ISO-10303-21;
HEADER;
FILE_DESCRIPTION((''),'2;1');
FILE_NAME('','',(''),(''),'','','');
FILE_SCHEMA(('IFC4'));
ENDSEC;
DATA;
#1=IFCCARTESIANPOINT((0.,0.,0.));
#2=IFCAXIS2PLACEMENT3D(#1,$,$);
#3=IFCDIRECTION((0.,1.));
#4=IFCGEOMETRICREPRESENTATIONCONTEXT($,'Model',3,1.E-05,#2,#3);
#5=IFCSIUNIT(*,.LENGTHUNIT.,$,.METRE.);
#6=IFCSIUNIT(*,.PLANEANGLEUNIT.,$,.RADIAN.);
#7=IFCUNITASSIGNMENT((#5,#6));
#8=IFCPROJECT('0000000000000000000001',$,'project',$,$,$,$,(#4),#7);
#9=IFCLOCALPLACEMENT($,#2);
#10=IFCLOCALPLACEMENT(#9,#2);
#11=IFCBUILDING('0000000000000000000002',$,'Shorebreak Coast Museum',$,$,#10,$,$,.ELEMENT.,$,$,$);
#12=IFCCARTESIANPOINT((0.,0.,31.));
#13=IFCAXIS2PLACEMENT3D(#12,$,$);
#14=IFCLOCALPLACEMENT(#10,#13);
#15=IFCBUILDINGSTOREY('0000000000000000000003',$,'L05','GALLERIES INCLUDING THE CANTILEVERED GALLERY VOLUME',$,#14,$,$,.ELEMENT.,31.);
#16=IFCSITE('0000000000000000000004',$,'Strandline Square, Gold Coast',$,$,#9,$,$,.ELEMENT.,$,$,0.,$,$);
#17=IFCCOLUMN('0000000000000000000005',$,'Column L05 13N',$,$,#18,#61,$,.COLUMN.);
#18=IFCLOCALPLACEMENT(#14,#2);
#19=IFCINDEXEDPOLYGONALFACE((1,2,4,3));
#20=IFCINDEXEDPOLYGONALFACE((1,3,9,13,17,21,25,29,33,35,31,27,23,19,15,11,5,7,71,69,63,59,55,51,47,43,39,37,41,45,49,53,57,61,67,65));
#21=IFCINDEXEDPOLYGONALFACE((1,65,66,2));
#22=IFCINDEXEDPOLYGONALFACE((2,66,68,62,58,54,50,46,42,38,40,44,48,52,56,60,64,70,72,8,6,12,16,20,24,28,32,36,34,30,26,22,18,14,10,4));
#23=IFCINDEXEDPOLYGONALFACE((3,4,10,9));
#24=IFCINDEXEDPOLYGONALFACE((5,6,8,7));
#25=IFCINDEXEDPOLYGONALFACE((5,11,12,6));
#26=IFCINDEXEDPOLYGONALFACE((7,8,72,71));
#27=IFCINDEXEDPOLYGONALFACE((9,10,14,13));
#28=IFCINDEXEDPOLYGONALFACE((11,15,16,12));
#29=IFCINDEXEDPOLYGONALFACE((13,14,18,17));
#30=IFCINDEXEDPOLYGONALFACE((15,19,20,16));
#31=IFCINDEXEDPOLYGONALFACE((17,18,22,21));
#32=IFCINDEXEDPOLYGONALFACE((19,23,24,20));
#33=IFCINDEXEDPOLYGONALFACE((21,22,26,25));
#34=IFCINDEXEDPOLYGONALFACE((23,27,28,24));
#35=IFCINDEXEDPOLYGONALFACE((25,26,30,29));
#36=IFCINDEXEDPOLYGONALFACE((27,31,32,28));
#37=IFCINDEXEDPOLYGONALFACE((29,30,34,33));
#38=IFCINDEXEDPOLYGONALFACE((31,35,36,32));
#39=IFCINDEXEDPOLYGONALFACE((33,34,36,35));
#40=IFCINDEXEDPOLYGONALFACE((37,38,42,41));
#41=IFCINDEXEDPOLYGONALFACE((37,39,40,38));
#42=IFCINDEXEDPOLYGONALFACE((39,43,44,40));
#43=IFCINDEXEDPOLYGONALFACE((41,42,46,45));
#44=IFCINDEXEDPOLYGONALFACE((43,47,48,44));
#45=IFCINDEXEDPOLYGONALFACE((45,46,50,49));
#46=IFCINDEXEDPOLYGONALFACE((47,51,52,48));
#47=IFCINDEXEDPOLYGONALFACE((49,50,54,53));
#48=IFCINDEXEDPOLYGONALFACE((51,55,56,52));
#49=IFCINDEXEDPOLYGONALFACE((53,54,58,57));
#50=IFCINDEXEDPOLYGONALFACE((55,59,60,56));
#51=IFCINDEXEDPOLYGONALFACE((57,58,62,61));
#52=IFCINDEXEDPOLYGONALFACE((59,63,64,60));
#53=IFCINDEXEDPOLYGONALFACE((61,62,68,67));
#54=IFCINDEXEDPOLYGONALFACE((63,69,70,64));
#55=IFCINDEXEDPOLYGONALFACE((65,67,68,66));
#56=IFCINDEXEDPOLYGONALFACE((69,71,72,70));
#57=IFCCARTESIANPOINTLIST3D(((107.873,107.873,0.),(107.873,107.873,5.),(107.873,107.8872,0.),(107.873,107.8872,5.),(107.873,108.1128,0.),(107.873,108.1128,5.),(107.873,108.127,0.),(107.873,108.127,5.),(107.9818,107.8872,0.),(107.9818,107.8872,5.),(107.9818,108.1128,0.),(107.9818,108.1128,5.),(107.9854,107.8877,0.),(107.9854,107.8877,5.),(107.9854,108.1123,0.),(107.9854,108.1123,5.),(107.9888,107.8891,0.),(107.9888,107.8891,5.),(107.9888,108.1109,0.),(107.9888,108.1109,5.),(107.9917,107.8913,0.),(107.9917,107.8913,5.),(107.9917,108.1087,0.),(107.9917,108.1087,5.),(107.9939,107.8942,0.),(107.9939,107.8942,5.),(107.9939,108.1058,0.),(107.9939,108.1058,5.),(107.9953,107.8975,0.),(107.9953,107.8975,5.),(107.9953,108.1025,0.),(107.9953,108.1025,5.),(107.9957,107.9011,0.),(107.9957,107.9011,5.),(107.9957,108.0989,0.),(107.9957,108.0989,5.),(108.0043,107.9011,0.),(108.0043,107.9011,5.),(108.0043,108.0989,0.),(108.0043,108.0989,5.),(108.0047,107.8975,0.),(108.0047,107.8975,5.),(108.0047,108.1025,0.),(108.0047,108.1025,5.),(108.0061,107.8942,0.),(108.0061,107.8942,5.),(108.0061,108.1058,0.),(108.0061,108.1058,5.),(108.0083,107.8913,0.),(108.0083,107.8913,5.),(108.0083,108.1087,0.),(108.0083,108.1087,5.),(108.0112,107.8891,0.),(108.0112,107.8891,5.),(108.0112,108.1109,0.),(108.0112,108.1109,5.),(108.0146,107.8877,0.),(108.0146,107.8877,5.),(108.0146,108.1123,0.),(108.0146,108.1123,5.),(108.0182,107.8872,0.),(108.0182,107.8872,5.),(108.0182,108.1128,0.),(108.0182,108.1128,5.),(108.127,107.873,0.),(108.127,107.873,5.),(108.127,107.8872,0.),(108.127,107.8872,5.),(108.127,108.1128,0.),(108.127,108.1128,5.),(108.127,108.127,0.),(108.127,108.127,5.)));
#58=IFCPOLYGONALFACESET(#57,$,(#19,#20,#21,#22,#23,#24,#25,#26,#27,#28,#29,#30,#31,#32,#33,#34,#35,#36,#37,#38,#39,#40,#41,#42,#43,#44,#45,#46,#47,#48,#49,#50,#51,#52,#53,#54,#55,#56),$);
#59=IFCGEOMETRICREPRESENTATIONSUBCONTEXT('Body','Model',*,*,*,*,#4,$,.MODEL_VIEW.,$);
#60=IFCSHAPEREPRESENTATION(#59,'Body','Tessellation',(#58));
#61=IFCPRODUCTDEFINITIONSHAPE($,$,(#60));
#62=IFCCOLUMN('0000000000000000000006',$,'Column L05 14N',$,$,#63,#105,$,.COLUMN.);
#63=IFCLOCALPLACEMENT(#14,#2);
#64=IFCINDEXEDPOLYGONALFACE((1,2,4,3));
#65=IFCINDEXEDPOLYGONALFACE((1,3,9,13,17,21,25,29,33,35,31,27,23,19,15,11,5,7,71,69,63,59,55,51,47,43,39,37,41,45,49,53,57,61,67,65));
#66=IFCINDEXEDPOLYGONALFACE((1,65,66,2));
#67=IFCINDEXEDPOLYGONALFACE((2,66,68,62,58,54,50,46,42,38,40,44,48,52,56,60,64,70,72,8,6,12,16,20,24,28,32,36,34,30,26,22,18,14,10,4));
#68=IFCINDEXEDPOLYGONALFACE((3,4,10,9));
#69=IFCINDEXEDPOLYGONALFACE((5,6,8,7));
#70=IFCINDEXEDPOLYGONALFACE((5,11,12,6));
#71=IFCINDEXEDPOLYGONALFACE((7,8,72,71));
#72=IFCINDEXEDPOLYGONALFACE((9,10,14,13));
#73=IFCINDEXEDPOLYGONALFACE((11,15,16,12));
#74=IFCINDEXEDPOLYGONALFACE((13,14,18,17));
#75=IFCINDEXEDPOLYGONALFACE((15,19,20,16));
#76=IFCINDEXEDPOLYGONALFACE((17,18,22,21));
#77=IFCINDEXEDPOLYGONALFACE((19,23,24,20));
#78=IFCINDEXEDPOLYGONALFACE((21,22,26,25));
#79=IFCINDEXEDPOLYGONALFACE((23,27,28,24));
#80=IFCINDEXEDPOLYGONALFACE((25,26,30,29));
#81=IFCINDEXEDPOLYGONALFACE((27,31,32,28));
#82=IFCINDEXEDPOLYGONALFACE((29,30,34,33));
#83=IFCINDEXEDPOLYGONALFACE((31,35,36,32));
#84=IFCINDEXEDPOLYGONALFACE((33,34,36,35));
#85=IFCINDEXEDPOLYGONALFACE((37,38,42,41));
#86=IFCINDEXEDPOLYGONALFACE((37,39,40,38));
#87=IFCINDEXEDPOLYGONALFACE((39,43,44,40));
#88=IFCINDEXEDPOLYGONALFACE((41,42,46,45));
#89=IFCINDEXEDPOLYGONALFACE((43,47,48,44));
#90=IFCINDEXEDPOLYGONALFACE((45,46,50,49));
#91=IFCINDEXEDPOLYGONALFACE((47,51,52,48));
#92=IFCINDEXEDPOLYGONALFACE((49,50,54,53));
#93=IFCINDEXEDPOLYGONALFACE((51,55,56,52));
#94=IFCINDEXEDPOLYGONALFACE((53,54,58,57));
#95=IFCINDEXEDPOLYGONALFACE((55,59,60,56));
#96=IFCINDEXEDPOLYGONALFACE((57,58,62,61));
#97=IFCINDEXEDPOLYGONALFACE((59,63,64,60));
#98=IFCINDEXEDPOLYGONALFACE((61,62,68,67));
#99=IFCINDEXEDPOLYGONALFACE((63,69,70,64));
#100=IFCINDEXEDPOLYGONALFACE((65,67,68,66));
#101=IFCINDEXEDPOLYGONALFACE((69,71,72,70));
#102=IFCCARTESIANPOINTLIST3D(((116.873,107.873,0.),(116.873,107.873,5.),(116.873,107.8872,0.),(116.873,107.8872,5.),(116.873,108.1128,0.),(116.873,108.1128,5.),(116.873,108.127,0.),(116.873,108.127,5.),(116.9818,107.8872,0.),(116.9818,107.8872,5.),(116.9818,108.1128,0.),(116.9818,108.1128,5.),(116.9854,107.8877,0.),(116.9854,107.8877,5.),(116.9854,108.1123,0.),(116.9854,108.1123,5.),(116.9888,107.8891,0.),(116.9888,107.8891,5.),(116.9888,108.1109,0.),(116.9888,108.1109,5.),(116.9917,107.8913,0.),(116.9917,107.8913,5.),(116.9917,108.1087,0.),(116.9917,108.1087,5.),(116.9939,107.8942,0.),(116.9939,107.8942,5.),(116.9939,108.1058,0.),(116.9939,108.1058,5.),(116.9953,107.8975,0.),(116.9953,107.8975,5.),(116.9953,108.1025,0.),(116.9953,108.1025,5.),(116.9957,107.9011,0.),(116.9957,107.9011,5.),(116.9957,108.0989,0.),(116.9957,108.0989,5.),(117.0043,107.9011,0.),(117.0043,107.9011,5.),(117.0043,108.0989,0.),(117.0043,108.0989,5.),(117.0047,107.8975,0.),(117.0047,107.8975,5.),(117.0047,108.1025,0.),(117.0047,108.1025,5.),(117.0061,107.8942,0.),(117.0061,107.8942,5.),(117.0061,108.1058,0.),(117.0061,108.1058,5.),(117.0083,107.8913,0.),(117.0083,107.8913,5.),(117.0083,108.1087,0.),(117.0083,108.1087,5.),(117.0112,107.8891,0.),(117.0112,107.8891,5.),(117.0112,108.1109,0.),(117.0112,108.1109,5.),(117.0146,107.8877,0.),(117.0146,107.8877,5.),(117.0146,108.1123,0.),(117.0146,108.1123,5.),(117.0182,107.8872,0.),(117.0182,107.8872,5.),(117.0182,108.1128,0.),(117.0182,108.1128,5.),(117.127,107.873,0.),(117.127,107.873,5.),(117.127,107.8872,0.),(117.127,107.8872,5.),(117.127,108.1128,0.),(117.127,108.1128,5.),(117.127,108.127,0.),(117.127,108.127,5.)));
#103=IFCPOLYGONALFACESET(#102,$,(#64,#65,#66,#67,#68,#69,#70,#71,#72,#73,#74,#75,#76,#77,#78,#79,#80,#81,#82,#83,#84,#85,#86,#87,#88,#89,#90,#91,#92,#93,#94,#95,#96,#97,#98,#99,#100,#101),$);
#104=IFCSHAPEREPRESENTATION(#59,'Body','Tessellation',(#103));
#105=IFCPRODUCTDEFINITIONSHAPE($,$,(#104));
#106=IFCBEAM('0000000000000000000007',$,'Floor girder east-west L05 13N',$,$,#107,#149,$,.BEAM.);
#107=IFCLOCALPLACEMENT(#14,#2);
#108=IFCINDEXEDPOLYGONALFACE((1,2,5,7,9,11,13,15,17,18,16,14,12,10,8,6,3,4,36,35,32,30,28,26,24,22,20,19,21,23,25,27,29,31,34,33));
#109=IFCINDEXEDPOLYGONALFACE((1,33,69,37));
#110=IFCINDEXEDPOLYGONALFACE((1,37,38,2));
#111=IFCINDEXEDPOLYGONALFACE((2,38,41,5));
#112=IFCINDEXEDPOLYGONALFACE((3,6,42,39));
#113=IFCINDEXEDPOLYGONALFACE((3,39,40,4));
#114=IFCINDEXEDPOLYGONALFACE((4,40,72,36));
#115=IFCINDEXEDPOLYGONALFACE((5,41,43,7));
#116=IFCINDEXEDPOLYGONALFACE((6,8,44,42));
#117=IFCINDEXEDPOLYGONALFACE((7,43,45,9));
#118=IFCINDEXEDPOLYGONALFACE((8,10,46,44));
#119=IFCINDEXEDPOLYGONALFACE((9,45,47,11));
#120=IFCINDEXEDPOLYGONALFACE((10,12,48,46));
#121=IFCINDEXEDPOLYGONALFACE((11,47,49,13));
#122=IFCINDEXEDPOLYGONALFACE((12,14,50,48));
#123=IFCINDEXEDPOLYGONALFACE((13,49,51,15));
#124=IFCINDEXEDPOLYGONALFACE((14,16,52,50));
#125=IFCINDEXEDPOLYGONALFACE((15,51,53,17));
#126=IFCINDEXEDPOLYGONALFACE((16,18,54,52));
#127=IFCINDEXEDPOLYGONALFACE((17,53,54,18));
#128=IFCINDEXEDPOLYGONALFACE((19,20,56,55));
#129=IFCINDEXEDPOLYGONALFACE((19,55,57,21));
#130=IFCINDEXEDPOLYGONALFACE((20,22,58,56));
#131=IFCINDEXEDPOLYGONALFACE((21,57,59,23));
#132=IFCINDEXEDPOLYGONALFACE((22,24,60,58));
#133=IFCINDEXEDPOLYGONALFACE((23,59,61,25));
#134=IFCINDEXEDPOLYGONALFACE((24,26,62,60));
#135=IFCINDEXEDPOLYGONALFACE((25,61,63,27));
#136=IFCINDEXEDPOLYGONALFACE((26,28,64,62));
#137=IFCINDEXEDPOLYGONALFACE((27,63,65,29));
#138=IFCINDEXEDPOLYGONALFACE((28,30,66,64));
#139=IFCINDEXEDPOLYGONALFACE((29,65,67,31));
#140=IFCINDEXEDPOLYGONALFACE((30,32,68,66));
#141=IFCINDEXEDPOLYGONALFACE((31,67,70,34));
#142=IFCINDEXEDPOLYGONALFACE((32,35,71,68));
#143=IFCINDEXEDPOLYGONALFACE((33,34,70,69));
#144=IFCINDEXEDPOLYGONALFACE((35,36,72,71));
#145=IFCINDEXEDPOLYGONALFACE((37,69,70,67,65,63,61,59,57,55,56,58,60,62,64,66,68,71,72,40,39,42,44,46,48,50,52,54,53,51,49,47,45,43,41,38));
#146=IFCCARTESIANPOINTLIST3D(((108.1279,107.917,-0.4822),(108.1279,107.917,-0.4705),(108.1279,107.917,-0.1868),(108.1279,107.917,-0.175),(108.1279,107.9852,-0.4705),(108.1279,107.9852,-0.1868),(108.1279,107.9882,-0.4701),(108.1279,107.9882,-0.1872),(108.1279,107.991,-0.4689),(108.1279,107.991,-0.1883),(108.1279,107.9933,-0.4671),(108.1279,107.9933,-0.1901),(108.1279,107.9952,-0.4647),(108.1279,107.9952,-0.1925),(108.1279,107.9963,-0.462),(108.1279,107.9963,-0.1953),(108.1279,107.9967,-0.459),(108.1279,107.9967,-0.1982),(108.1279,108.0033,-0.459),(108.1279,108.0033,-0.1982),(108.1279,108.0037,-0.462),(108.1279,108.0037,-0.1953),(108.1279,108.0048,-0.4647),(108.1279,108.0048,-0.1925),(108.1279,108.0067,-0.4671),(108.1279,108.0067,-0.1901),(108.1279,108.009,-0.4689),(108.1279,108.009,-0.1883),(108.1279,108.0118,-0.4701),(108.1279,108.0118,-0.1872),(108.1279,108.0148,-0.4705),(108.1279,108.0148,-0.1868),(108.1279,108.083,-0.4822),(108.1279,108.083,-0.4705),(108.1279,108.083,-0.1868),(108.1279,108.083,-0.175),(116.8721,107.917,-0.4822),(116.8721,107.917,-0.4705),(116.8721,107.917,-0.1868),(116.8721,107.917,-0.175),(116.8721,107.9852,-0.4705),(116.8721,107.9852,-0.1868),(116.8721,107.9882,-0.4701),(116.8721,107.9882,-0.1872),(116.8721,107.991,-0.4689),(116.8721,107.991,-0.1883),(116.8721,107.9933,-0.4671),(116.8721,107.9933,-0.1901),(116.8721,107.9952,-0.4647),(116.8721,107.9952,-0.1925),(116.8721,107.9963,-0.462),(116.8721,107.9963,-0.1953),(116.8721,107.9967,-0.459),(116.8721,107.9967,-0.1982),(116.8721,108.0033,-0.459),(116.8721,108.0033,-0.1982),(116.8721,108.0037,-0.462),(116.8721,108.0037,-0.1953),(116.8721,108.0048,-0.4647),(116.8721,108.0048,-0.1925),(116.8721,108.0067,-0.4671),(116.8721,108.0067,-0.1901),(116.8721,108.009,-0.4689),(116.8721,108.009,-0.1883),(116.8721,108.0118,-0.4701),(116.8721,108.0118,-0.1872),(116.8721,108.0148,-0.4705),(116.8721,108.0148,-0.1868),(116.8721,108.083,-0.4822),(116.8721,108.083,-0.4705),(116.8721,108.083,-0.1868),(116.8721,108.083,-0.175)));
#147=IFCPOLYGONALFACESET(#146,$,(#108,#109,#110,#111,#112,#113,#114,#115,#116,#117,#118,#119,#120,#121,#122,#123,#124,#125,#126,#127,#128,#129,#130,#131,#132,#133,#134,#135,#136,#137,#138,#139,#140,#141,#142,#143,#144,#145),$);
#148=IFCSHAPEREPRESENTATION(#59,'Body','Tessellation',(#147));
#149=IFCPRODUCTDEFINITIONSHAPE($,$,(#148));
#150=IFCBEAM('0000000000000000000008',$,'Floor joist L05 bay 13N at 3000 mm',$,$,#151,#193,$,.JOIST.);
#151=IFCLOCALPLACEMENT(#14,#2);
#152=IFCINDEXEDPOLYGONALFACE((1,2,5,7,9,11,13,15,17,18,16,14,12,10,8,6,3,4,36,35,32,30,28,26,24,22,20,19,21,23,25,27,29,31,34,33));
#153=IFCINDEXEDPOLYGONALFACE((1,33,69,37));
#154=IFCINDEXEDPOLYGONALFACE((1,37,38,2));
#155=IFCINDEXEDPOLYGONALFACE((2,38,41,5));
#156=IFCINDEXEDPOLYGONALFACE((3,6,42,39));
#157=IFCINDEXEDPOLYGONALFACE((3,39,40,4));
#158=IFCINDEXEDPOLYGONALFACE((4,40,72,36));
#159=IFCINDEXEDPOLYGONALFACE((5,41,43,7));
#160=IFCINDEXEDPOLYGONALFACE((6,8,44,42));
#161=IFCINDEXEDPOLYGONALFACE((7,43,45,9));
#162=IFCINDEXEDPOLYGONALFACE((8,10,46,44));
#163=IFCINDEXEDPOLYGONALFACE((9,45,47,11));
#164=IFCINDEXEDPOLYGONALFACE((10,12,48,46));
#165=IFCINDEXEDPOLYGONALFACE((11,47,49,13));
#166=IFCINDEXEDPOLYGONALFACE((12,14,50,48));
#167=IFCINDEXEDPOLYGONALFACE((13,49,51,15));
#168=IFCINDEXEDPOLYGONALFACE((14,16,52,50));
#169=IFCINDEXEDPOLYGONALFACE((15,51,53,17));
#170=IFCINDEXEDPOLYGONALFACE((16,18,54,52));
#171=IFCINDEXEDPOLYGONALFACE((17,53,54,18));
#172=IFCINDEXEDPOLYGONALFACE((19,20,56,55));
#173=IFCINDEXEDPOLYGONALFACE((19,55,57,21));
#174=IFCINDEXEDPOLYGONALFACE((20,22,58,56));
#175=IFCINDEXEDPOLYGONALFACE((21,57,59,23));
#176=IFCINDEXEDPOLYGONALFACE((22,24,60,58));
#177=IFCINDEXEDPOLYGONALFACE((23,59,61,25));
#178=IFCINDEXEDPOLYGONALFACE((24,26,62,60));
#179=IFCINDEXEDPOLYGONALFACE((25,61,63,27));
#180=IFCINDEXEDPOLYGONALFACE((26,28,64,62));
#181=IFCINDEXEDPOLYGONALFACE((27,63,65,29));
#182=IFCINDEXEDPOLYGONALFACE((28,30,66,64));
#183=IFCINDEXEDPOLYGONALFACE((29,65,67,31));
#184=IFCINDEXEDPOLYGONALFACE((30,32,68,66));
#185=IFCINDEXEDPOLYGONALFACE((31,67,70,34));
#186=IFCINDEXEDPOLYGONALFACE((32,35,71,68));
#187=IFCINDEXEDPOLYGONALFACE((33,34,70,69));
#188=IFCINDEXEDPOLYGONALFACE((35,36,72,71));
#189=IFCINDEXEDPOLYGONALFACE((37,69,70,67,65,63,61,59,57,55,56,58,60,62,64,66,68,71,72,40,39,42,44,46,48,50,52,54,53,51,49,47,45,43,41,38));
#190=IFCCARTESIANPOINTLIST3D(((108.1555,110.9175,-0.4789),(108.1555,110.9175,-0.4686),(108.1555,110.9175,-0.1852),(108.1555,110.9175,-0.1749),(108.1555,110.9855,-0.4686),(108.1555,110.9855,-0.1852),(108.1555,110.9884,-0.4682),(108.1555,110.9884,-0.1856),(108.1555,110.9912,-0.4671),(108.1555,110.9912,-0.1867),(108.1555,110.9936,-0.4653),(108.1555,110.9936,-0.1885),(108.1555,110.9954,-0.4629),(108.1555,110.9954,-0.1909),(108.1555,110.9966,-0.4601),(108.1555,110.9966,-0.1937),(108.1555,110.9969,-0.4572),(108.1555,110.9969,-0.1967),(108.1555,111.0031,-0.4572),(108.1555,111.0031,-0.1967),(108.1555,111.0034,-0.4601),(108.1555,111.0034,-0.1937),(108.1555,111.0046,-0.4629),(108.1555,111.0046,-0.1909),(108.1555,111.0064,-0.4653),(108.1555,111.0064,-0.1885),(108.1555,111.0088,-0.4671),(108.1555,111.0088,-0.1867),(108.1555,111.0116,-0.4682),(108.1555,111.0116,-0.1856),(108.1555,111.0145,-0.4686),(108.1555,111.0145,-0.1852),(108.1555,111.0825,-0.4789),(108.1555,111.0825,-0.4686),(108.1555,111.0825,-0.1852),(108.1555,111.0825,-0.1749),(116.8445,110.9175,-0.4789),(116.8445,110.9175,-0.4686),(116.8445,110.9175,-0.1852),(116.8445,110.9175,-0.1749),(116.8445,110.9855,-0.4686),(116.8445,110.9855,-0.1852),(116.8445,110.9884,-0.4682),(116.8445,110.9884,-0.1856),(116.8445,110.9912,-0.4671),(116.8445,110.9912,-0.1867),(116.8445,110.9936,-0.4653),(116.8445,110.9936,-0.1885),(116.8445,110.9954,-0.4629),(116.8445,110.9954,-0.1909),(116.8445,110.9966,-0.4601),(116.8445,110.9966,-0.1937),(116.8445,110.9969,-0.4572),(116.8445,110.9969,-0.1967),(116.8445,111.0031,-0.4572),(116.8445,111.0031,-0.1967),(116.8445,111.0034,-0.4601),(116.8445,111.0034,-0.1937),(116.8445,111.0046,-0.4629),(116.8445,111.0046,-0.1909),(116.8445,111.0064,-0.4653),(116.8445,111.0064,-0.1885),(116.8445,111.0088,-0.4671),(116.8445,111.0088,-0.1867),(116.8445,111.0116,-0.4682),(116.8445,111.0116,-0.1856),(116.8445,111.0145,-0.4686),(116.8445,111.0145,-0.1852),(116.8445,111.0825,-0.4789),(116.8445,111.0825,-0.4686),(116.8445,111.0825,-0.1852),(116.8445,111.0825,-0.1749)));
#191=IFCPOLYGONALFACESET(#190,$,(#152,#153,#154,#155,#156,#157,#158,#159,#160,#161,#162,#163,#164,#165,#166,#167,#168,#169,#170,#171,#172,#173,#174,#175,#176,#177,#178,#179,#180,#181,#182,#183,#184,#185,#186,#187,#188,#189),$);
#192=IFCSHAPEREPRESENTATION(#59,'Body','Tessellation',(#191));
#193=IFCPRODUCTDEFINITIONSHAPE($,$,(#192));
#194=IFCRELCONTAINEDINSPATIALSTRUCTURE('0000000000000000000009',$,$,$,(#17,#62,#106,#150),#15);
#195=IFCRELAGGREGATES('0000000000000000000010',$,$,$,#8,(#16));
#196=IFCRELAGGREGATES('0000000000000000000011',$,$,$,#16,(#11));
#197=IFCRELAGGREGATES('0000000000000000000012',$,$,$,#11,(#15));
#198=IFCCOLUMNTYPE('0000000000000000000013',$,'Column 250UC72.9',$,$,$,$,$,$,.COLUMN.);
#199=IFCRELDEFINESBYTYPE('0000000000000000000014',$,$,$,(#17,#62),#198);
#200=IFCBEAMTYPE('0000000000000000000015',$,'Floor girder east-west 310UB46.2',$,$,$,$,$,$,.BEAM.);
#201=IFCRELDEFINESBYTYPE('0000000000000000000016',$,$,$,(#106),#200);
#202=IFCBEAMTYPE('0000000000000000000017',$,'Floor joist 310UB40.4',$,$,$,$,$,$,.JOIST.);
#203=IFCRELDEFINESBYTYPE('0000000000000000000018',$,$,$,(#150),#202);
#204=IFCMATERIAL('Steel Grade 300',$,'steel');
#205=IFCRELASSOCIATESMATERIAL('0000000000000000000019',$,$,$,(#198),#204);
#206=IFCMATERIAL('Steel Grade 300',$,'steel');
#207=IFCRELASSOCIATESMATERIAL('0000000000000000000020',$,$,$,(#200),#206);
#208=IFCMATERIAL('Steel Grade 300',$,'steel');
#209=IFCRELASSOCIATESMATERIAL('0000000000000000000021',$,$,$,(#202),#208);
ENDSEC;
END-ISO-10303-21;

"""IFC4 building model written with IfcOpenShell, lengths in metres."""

from ifc_helpers import new_model, si_unit, direction, frame, origin, origin_2d, place, context, subcontext, project, spatial, i_section, extrude, material, material_profile, profile_set, type_object, element, save


model = new_model("IFC4")

# Units and contexts
model_context = context("Model", 3, precision=1e-05, world=origin(), true_north=direction((0.0, 1.0)))
body_context = subcontext(model_context, "Body", "Model", "MODEL_VIEW")
ifc_project = project(units=[si_unit("LENGTHUNIT", "METRE"), si_unit("PLANEANGLEUNIT", "RADIAN")], contexts=[model_context])

# Site, building, storey
site_placement = place(None, origin())
site = spatial("IfcSite", under=ifc_project, at=site_placement, Name="Strandline Square, Gold Coast", CompositionType="ELEMENT", RefElevation=0.0)
building_placement = place(site_placement, origin())
building = spatial("IfcBuilding", under=site, at=building_placement, Name="Shorebreak Coast Museum", CompositionType="ELEMENT")
storey_placement = place(building_placement, frame((0.0, 0.0, 31.0)))
storey = spatial("IfcBuildingStorey", under=building, at=storey_placement, Name="L05", Description="GALLERIES INCLUDING THE CANTILEVERED GALLERY VOLUME", CompositionType="ELEMENT", Elevation=31.0)

# Columns
ifc_material_1 = material(Name="Steel Grade 300", Category="steel")
ifc_material_profile_1 = material_profile(ifc_material_1, i_section(OverallWidth=0.2539, OverallDepth=0.2539, WebThickness=0.0085, FlangeThickness=0.0142, FilletRadius=0.0139, at=origin_2d()), Name="250UC72.9")
ifc_profile_set_1 = profile_set([ifc_material_profile_1], Name="Steel Grade 300")
column_type = type_object("IfcColumnType", Name="Column 250UC72.9", PredefinedType="COLUMN", material=ifc_profile_set_1)
for number, where, z_axis, x_axis, name in (
    (1, (108.0, 108.0, 0.0), (0.0, 0.0, 1.0), (1.0, 0.0, 0.0), "Column L05 13N"),
    (2, (117.0, 108.0, 0.0), (0.0, 0.0, 1.0), (1.0, 0.0, 0.0), "Column L05 14N"),
):
    element("IfcColumn", number, at=place(storey_placement, frame(where, z_axis=z_axis, x_axis=x_axis)), inside=storey, type_object=column_type, Name=name, PredefinedType="COLUMN", context=body_context, shape_type="SweptSolid", body=[
        extrude(i_section(OverallWidth=0.2539, OverallDepth=0.2539, WebThickness=0.0085, FlangeThickness=0.0142, FilletRadius=0.0139, at=origin_2d()), origin(), (0.0, 0.0, 1.0), 5.0),
    ])

# Beams
ifc_material_2 = material(Name="Steel Grade 300", Category="steel")
ifc_material_profile_2 = material_profile(ifc_material_2, i_section(OverallWidth=0.166, OverallDepth=0.3071, WebThickness=0.0066, FlangeThickness=0.0117, FilletRadius=0.0115, at=origin_2d()), Name="310UB46.2")
ifc_profile_set_2 = profile_set([ifc_material_profile_2], Name="Steel Grade 300")
beam_type_1 = type_object("IfcBeamType", Name="Floor girder east-west 310UB46.2", PredefinedType="BEAM", material=ifc_profile_set_2)
beam_placement = place(storey_placement, frame((108.1279, 108.0, -0.3286), z_axis=(1.0, 0.0, 0.0), x_axis=(0.0, 1.0, 0.0)))
element("IfcBeam", 3, at=beam_placement, inside=storey, type_object=beam_type_1, Name="Floor girder east-west L05 13N", PredefinedType="BEAM", context=body_context, shape_type="SweptSolid", body=[
    extrude(i_section(OverallWidth=0.166, OverallDepth=0.3071, WebThickness=0.0066, FlangeThickness=0.0117, FilletRadius=0.0115, at=origin_2d()), origin(), (0.0, 0.0, 1.0), 8.7441),
])
ifc_material_3 = material(Name="Steel Grade 300", Category="steel")
ifc_material_profile_3 = material_profile(ifc_material_3, i_section(OverallWidth=0.165, OverallDepth=0.304, WebThickness=0.0061, FlangeThickness=0.0103, FilletRadius=0.0115, at=origin_2d()), Name="310UB40.4")
ifc_profile_set_3 = profile_set([ifc_material_profile_3], Name="Steel Grade 300")
beam_type_2 = type_object("IfcBeamType", Name="Floor joist 310UB40.4", PredefinedType="JOIST", material=ifc_profile_set_3)
for number, where, z_axis, x_axis, name in (
    (4, (108.1555, 111.0, -0.3269), (1.0, 0.0, 0.0), (0.0, 1.0, 0.0), "Floor joist L05 bay 13N at 3000 mm"),
):
    element("IfcBeam", number, at=place(storey_placement, frame(where, z_axis=z_axis, x_axis=x_axis)), inside=storey, type_object=beam_type_2, Name=name, PredefinedType="JOIST", context=body_context, shape_type="SweptSolid", body=[
        extrude(i_section(OverallWidth=0.165, OverallDepth=0.304, WebThickness=0.0061, FlangeThickness=0.0103, FilletRadius=0.0115, at=origin_2d()), origin(), (0.0, 0.0, 1.0), 8.689),
    ])

save(model, "model.ifc")
